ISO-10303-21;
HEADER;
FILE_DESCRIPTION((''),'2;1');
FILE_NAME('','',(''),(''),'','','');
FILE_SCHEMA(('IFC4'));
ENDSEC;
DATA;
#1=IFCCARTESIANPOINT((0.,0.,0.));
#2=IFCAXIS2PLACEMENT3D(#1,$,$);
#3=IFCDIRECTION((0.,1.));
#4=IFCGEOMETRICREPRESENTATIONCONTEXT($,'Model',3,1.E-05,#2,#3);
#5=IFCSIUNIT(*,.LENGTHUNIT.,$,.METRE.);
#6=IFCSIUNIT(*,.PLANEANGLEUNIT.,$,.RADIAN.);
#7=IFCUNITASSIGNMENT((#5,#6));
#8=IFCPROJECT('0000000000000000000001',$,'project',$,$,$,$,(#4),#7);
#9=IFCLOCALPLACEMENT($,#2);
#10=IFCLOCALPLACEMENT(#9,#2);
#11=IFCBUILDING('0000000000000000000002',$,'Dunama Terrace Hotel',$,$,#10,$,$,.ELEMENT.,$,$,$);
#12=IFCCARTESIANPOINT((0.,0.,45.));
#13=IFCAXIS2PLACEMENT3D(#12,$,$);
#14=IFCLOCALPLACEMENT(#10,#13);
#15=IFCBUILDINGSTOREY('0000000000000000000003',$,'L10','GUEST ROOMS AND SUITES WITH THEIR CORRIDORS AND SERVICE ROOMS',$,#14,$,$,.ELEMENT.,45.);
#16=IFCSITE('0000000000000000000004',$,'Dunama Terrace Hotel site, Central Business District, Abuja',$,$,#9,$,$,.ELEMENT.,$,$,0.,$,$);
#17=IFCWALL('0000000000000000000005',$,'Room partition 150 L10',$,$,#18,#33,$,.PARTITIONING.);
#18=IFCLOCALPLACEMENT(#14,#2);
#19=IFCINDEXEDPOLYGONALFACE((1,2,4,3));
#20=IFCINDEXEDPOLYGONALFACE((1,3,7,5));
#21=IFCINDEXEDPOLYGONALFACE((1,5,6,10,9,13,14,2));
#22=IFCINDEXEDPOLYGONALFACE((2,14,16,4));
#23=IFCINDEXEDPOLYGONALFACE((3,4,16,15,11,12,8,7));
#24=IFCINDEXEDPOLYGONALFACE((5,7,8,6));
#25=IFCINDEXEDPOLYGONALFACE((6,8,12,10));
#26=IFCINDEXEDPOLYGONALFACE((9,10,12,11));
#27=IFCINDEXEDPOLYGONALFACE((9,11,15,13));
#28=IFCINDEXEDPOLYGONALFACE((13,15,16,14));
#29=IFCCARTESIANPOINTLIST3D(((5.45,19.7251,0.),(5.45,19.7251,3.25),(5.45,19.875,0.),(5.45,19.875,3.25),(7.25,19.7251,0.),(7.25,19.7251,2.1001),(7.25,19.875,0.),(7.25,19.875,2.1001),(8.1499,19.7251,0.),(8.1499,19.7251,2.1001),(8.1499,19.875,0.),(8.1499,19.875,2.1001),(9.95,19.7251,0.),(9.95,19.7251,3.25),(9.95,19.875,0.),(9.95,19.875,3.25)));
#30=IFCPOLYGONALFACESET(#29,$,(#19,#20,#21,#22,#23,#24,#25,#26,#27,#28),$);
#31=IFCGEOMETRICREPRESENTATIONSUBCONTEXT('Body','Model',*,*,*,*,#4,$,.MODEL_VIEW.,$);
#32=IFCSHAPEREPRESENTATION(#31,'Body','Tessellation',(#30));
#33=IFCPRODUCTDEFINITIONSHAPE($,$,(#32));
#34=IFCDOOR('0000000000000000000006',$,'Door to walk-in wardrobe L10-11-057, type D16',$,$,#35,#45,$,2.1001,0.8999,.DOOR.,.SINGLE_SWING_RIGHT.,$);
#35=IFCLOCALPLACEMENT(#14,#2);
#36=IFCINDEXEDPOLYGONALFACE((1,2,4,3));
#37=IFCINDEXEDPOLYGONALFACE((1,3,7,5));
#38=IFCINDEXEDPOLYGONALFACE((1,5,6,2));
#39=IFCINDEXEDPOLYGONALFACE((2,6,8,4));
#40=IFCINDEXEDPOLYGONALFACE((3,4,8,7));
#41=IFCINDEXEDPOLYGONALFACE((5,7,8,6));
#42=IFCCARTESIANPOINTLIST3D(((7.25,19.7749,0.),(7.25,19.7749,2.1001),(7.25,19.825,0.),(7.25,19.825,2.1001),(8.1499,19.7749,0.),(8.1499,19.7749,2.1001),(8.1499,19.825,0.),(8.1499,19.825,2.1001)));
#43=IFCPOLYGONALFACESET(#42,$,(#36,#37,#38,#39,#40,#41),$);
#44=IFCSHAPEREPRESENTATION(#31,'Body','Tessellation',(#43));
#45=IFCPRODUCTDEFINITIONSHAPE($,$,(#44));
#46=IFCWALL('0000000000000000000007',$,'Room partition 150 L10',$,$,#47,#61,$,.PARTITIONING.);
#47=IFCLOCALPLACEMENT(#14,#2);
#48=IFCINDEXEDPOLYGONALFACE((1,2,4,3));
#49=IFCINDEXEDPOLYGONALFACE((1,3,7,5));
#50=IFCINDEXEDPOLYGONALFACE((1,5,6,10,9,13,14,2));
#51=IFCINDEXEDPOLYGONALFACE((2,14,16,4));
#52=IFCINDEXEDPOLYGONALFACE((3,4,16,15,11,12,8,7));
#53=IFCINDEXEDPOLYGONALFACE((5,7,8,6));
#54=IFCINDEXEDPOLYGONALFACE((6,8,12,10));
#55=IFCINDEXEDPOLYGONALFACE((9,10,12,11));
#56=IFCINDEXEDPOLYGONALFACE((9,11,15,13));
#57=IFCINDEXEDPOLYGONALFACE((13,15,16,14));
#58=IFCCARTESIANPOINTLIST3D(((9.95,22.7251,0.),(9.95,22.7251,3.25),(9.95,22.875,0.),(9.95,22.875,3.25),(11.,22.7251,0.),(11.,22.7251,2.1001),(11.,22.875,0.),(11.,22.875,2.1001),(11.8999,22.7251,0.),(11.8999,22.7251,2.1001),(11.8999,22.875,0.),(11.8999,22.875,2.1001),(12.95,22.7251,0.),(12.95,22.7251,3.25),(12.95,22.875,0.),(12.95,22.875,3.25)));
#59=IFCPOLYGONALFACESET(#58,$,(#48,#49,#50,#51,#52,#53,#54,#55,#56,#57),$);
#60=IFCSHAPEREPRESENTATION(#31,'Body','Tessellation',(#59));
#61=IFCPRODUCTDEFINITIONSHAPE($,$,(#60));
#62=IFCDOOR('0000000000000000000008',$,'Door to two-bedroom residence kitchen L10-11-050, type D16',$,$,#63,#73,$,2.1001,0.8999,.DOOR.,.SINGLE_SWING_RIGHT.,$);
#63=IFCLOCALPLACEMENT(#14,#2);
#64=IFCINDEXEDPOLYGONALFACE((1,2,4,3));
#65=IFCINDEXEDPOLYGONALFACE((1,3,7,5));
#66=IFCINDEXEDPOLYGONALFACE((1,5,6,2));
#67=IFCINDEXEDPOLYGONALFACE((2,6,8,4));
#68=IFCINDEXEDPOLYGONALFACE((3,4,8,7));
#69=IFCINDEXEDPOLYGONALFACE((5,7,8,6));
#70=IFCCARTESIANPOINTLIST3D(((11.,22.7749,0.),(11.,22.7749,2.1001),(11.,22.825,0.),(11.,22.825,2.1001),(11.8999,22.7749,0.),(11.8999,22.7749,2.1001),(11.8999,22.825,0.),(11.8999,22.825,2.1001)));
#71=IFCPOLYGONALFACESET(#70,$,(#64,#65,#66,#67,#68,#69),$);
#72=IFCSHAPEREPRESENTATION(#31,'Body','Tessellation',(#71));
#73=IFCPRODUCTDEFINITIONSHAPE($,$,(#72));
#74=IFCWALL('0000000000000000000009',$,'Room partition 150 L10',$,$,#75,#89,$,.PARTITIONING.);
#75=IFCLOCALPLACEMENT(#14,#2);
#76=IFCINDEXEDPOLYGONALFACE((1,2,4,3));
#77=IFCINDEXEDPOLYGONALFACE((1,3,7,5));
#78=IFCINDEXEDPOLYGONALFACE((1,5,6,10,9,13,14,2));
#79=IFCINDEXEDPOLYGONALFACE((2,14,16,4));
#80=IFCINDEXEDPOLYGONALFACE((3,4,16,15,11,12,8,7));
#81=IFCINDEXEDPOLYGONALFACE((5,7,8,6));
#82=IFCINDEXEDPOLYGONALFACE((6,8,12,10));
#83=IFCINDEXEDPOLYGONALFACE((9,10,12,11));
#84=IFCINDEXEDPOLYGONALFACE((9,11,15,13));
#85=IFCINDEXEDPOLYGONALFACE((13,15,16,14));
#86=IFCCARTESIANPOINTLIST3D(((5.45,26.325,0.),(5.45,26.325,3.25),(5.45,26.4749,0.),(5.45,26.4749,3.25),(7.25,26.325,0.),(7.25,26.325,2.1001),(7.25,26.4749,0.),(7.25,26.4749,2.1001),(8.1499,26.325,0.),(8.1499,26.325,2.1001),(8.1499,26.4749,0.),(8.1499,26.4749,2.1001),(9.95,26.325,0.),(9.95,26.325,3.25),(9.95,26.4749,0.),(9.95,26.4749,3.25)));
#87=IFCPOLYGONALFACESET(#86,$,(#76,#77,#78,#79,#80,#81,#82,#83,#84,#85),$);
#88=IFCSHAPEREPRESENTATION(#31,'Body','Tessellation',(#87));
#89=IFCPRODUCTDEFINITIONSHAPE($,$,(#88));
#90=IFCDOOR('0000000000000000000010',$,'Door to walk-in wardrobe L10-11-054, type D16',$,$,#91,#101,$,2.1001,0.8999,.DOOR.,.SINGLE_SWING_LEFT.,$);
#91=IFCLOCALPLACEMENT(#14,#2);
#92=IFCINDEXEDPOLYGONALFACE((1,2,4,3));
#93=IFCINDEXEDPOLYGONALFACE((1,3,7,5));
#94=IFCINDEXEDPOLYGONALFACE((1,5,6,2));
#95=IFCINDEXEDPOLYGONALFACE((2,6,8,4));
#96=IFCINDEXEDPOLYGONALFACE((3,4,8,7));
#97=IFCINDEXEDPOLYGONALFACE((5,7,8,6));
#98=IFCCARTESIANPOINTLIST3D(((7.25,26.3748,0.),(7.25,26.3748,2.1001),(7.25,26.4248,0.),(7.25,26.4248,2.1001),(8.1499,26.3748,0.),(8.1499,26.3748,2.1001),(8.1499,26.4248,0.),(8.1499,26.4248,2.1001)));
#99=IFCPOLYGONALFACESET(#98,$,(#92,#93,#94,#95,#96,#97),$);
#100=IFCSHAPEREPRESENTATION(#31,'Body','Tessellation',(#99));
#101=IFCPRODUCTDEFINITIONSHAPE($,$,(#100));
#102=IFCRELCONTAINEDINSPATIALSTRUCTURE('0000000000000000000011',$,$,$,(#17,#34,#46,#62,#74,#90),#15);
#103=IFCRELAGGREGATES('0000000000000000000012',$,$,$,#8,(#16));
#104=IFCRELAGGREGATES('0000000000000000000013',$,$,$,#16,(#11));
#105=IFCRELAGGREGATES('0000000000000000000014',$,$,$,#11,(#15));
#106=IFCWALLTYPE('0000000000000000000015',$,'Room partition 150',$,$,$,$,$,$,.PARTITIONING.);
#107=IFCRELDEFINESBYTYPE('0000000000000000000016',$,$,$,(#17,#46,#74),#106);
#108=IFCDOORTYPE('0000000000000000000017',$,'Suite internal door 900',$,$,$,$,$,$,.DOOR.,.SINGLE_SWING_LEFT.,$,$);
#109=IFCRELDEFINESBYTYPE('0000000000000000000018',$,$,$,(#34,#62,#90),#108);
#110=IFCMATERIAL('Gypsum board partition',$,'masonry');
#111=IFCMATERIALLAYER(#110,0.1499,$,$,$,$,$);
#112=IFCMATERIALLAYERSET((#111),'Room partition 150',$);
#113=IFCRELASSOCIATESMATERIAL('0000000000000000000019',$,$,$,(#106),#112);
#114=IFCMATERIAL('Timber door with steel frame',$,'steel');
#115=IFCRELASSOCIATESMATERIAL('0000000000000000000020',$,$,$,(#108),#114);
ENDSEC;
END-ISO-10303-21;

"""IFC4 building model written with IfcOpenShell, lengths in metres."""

from ifc_helpers import new_model, si_unit, direction, frame, frame_2d, origin, place, context, subcontext, project, spatial, rectangle, extrude, material, layer, layer_set, type_object, element, fill, save


model = new_model("IFC4")

# Units and contexts
model_context = context("Model", 3, precision=1e-05, world=origin(), true_north=direction((0.0, 1.0)))
body_context = subcontext(model_context, "Body", "Model", "MODEL_VIEW")
ifc_project = project(units=[si_unit("LENGTHUNIT", "METRE"), si_unit("PLANEANGLEUNIT", "RADIAN")], contexts=[model_context])

# Site, building, storey
site_placement = place(None, origin())
site = spatial("IfcSite", under=ifc_project, at=site_placement, Name="Dunama Terrace Hotel site, Central Business District, Abuja", CompositionType="ELEMENT", RefElevation=0.0)
building_placement = place(site_placement, origin())
building = spatial("IfcBuilding", under=site, at=building_placement, Name="Dunama Terrace Hotel", CompositionType="ELEMENT")
storey_placement = place(building_placement, frame((0.0, 0.0, 45.0)))
storey = spatial("IfcBuildingStorey", under=building, at=storey_placement, Name="L10", Description="GUEST ROOMS AND SUITES WITH THEIR CORRIDORS AND SERVICE ROOMS", CompositionType="ELEMENT", Elevation=45.0)

# Shared definitions
ifc_material_1 = material(Name="Gypsum board partition", Category="masonry")
ifc_layer_1 = layer(ifc_material_1, 0.1499)
ifc_layer_set_1 = layer_set([ifc_layer_1], Name="Room partition 150")
wall_type_1 = type_object("IfcWallType", Name="Room partition 150", PredefinedType="PARTITIONING", material=ifc_layer_set_1)

# Walls, openings, doors
wall_1_placement = place(storey_placement, frame((5.45, 19.8, 0.0), z_axis=(0.0, 0.0, 1.0), x_axis=(1.0, 0.0, 0.0)))
wall_1 = element("IfcWall", 1, at=wall_1_placement, inside=storey, type_object=wall_type_1, Name="Room partition 150 L10", PredefinedType="PARTITIONING", context=body_context, shape_type="SweptSolid", body=[
    extrude(rectangle(XDim=4.5, YDim=0.1499, at=frame_2d((2.25, 0.0))), origin(), (0.0, 0.0, 1.0), 3.25),
])
opening_1_placement = place(wall_1_placement, frame((1.8, 0.0, 0.0)))
opening_1 = element("IfcOpeningElement", 2, at=opening_1_placement, cuts=wall_1, PredefinedType="OPENING", context=body_context, shape_type="SweptSolid", body=[
    extrude(rectangle(XDim=0.8999, YDim=2.1001, at=frame_2d((0.45, 1.05))), frame((0.0, 0.085, 0.0), z_axis=(0.0, -1.0, 0.0), x_axis=(1.0, 0.0, 0.0)), (0.0, 0.0, 1.0), 0.1699),
])
ifc_material_2 = material(Name="Timber door with steel frame", Category="steel")
door_type_1 = type_object("IfcDoorType", Name="Suite internal door 900", OperationType="SINGLE_SWING_LEFT", PredefinedType="DOOR", material=ifc_material_2)
door_1_placement = place(opening_1_placement, frame((0.8999, 0.0, 0.0), z_axis=(0.0, 0.0, 1.0), x_axis=(-1.0, 0.0, 0.0)))
door_1 = element("IfcDoor", 3, at=door_1_placement, inside=storey, type_object=door_type_1, Name="Door to walk-in wardrobe L10-11-057, type D16", OperationType="SINGLE_SWING_RIGHT", OverallHeight=2.1001, OverallWidth=0.8999, PredefinedType="DOOR", context=body_context, shape_type="SweptSolid", body=[
    extrude(rectangle(XDim=0.8999, YDim=2.1001, at=frame_2d((0.45, 1.05))), frame((0.0, 0.0251, 0.0), z_axis=(0.0, -1.0, 0.0), x_axis=(1.0, 0.0, 0.0)), (0.0, 0.0, 1.0), 0.05),
])
fill(opening_1, door_1)
wall_2_placement = place(storey_placement, frame((9.95, 22.8, 0.0), z_axis=(0.0, 0.0, 1.0), x_axis=(1.0, 0.0, 0.0)))
wall_2 = element("IfcWall", 4, at=wall_2_placement, inside=storey, type_object=wall_type_1, Name="Room partition 150 L10", PredefinedType="PARTITIONING", context=body_context, shape_type="SweptSolid", body=[
    extrude(rectangle(XDim=3.0, YDim=0.1499, at=frame_2d((1.5, 0.0))), origin(), (0.0, 0.0, 1.0), 3.25),
])
opening_2_placement = place(wall_2_placement, frame((1.05, 0.0, 0.0)))
opening_2 = element("IfcOpeningElement", 5, at=opening_2_placement, cuts=wall_2, PredefinedType="OPENING", context=body_context, shape_type="SweptSolid", body=[
    extrude(rectangle(XDim=0.8999, YDim=2.1001, at=frame_2d((0.45, 1.05))), frame((0.0, 0.085, 0.0), z_axis=(0.0, -1.0, 0.0), x_axis=(1.0, 0.0, 0.0)), (0.0, 0.0, 1.0), 0.1699),
])
door_2_placement = place(opening_2_placement, origin())
door_2 = element("IfcDoor", 6, at=door_2_placement, inside=storey, type_object=door_type_1, Name="Door to two-bedroom residence kitchen L10-11-050, type D16", OperationType="SINGLE_SWING_RIGHT", OverallHeight=2.1001, OverallWidth=0.8999, PredefinedType="DOOR", context=body_context, shape_type="SweptSolid", body=[
    extrude(rectangle(XDim=0.8999, YDim=2.1001, at=frame_2d((0.45, 1.05))), frame((0.0, 0.0249, 0.0), z_axis=(0.0, -1.0, 0.0), x_axis=(1.0, 0.0, 0.0)), (0.0, 0.0, 1.0), 0.05),
])
fill(opening_2, door_2)
wall_3_placement = place(storey_placement, frame((5.45, 26.3999, 0.0), z_axis=(0.0, 0.0, 1.0), x_axis=(1.0, 0.0, 0.0)))
wall_3 = element("IfcWall", 7, at=wall_3_placement, inside=storey, type_object=wall_type_1, Name="Room partition 150 L10", PredefinedType="PARTITIONING", context=body_context, shape_type="SweptSolid", body=[
    extrude(rectangle(XDim=4.5, YDim=0.1499, at=frame_2d((2.25, 0.0))), origin(), (0.0, 0.0, 1.0), 3.25),
])
opening_3_placement = place(wall_3_placement, frame((1.8, 0.0, 0.0)))
opening_3 = element("IfcOpeningElement", 8, at=opening_3_placement, cuts=wall_3, PredefinedType="OPENING", context=body_context, shape_type="SweptSolid", body=[
    extrude(rectangle(XDim=0.8999, YDim=2.1001, at=frame_2d((0.45, 1.05))), frame((0.0, 0.085, 0.0), z_axis=(0.0, -1.0, 0.0), x_axis=(1.0, 0.0, 0.0)), (0.0, 0.0, 1.0), 0.1699),
])
door_3_placement = place(opening_3_placement, origin())
door_3 = element("IfcDoor", 9, at=door_3_placement, inside=storey, type_object=door_type_1, Name="Door to walk-in wardrobe L10-11-054, type D16", OperationType="SINGLE_SWING_LEFT", OverallHeight=2.1001, OverallWidth=0.8999, PredefinedType="DOOR", context=body_context, shape_type="SweptSolid", body=[
    extrude(rectangle(XDim=0.8999, YDim=2.1001, at=frame_2d((0.45, 1.05))), frame((0.0, 0.0249, 0.0), z_axis=(0.0, -1.0, 0.0), x_axis=(1.0, 0.0, 0.0)), (0.0, 0.0, 1.0), 0.05),
])
fill(opening_3, door_3)

save(model, "model.ifc")
